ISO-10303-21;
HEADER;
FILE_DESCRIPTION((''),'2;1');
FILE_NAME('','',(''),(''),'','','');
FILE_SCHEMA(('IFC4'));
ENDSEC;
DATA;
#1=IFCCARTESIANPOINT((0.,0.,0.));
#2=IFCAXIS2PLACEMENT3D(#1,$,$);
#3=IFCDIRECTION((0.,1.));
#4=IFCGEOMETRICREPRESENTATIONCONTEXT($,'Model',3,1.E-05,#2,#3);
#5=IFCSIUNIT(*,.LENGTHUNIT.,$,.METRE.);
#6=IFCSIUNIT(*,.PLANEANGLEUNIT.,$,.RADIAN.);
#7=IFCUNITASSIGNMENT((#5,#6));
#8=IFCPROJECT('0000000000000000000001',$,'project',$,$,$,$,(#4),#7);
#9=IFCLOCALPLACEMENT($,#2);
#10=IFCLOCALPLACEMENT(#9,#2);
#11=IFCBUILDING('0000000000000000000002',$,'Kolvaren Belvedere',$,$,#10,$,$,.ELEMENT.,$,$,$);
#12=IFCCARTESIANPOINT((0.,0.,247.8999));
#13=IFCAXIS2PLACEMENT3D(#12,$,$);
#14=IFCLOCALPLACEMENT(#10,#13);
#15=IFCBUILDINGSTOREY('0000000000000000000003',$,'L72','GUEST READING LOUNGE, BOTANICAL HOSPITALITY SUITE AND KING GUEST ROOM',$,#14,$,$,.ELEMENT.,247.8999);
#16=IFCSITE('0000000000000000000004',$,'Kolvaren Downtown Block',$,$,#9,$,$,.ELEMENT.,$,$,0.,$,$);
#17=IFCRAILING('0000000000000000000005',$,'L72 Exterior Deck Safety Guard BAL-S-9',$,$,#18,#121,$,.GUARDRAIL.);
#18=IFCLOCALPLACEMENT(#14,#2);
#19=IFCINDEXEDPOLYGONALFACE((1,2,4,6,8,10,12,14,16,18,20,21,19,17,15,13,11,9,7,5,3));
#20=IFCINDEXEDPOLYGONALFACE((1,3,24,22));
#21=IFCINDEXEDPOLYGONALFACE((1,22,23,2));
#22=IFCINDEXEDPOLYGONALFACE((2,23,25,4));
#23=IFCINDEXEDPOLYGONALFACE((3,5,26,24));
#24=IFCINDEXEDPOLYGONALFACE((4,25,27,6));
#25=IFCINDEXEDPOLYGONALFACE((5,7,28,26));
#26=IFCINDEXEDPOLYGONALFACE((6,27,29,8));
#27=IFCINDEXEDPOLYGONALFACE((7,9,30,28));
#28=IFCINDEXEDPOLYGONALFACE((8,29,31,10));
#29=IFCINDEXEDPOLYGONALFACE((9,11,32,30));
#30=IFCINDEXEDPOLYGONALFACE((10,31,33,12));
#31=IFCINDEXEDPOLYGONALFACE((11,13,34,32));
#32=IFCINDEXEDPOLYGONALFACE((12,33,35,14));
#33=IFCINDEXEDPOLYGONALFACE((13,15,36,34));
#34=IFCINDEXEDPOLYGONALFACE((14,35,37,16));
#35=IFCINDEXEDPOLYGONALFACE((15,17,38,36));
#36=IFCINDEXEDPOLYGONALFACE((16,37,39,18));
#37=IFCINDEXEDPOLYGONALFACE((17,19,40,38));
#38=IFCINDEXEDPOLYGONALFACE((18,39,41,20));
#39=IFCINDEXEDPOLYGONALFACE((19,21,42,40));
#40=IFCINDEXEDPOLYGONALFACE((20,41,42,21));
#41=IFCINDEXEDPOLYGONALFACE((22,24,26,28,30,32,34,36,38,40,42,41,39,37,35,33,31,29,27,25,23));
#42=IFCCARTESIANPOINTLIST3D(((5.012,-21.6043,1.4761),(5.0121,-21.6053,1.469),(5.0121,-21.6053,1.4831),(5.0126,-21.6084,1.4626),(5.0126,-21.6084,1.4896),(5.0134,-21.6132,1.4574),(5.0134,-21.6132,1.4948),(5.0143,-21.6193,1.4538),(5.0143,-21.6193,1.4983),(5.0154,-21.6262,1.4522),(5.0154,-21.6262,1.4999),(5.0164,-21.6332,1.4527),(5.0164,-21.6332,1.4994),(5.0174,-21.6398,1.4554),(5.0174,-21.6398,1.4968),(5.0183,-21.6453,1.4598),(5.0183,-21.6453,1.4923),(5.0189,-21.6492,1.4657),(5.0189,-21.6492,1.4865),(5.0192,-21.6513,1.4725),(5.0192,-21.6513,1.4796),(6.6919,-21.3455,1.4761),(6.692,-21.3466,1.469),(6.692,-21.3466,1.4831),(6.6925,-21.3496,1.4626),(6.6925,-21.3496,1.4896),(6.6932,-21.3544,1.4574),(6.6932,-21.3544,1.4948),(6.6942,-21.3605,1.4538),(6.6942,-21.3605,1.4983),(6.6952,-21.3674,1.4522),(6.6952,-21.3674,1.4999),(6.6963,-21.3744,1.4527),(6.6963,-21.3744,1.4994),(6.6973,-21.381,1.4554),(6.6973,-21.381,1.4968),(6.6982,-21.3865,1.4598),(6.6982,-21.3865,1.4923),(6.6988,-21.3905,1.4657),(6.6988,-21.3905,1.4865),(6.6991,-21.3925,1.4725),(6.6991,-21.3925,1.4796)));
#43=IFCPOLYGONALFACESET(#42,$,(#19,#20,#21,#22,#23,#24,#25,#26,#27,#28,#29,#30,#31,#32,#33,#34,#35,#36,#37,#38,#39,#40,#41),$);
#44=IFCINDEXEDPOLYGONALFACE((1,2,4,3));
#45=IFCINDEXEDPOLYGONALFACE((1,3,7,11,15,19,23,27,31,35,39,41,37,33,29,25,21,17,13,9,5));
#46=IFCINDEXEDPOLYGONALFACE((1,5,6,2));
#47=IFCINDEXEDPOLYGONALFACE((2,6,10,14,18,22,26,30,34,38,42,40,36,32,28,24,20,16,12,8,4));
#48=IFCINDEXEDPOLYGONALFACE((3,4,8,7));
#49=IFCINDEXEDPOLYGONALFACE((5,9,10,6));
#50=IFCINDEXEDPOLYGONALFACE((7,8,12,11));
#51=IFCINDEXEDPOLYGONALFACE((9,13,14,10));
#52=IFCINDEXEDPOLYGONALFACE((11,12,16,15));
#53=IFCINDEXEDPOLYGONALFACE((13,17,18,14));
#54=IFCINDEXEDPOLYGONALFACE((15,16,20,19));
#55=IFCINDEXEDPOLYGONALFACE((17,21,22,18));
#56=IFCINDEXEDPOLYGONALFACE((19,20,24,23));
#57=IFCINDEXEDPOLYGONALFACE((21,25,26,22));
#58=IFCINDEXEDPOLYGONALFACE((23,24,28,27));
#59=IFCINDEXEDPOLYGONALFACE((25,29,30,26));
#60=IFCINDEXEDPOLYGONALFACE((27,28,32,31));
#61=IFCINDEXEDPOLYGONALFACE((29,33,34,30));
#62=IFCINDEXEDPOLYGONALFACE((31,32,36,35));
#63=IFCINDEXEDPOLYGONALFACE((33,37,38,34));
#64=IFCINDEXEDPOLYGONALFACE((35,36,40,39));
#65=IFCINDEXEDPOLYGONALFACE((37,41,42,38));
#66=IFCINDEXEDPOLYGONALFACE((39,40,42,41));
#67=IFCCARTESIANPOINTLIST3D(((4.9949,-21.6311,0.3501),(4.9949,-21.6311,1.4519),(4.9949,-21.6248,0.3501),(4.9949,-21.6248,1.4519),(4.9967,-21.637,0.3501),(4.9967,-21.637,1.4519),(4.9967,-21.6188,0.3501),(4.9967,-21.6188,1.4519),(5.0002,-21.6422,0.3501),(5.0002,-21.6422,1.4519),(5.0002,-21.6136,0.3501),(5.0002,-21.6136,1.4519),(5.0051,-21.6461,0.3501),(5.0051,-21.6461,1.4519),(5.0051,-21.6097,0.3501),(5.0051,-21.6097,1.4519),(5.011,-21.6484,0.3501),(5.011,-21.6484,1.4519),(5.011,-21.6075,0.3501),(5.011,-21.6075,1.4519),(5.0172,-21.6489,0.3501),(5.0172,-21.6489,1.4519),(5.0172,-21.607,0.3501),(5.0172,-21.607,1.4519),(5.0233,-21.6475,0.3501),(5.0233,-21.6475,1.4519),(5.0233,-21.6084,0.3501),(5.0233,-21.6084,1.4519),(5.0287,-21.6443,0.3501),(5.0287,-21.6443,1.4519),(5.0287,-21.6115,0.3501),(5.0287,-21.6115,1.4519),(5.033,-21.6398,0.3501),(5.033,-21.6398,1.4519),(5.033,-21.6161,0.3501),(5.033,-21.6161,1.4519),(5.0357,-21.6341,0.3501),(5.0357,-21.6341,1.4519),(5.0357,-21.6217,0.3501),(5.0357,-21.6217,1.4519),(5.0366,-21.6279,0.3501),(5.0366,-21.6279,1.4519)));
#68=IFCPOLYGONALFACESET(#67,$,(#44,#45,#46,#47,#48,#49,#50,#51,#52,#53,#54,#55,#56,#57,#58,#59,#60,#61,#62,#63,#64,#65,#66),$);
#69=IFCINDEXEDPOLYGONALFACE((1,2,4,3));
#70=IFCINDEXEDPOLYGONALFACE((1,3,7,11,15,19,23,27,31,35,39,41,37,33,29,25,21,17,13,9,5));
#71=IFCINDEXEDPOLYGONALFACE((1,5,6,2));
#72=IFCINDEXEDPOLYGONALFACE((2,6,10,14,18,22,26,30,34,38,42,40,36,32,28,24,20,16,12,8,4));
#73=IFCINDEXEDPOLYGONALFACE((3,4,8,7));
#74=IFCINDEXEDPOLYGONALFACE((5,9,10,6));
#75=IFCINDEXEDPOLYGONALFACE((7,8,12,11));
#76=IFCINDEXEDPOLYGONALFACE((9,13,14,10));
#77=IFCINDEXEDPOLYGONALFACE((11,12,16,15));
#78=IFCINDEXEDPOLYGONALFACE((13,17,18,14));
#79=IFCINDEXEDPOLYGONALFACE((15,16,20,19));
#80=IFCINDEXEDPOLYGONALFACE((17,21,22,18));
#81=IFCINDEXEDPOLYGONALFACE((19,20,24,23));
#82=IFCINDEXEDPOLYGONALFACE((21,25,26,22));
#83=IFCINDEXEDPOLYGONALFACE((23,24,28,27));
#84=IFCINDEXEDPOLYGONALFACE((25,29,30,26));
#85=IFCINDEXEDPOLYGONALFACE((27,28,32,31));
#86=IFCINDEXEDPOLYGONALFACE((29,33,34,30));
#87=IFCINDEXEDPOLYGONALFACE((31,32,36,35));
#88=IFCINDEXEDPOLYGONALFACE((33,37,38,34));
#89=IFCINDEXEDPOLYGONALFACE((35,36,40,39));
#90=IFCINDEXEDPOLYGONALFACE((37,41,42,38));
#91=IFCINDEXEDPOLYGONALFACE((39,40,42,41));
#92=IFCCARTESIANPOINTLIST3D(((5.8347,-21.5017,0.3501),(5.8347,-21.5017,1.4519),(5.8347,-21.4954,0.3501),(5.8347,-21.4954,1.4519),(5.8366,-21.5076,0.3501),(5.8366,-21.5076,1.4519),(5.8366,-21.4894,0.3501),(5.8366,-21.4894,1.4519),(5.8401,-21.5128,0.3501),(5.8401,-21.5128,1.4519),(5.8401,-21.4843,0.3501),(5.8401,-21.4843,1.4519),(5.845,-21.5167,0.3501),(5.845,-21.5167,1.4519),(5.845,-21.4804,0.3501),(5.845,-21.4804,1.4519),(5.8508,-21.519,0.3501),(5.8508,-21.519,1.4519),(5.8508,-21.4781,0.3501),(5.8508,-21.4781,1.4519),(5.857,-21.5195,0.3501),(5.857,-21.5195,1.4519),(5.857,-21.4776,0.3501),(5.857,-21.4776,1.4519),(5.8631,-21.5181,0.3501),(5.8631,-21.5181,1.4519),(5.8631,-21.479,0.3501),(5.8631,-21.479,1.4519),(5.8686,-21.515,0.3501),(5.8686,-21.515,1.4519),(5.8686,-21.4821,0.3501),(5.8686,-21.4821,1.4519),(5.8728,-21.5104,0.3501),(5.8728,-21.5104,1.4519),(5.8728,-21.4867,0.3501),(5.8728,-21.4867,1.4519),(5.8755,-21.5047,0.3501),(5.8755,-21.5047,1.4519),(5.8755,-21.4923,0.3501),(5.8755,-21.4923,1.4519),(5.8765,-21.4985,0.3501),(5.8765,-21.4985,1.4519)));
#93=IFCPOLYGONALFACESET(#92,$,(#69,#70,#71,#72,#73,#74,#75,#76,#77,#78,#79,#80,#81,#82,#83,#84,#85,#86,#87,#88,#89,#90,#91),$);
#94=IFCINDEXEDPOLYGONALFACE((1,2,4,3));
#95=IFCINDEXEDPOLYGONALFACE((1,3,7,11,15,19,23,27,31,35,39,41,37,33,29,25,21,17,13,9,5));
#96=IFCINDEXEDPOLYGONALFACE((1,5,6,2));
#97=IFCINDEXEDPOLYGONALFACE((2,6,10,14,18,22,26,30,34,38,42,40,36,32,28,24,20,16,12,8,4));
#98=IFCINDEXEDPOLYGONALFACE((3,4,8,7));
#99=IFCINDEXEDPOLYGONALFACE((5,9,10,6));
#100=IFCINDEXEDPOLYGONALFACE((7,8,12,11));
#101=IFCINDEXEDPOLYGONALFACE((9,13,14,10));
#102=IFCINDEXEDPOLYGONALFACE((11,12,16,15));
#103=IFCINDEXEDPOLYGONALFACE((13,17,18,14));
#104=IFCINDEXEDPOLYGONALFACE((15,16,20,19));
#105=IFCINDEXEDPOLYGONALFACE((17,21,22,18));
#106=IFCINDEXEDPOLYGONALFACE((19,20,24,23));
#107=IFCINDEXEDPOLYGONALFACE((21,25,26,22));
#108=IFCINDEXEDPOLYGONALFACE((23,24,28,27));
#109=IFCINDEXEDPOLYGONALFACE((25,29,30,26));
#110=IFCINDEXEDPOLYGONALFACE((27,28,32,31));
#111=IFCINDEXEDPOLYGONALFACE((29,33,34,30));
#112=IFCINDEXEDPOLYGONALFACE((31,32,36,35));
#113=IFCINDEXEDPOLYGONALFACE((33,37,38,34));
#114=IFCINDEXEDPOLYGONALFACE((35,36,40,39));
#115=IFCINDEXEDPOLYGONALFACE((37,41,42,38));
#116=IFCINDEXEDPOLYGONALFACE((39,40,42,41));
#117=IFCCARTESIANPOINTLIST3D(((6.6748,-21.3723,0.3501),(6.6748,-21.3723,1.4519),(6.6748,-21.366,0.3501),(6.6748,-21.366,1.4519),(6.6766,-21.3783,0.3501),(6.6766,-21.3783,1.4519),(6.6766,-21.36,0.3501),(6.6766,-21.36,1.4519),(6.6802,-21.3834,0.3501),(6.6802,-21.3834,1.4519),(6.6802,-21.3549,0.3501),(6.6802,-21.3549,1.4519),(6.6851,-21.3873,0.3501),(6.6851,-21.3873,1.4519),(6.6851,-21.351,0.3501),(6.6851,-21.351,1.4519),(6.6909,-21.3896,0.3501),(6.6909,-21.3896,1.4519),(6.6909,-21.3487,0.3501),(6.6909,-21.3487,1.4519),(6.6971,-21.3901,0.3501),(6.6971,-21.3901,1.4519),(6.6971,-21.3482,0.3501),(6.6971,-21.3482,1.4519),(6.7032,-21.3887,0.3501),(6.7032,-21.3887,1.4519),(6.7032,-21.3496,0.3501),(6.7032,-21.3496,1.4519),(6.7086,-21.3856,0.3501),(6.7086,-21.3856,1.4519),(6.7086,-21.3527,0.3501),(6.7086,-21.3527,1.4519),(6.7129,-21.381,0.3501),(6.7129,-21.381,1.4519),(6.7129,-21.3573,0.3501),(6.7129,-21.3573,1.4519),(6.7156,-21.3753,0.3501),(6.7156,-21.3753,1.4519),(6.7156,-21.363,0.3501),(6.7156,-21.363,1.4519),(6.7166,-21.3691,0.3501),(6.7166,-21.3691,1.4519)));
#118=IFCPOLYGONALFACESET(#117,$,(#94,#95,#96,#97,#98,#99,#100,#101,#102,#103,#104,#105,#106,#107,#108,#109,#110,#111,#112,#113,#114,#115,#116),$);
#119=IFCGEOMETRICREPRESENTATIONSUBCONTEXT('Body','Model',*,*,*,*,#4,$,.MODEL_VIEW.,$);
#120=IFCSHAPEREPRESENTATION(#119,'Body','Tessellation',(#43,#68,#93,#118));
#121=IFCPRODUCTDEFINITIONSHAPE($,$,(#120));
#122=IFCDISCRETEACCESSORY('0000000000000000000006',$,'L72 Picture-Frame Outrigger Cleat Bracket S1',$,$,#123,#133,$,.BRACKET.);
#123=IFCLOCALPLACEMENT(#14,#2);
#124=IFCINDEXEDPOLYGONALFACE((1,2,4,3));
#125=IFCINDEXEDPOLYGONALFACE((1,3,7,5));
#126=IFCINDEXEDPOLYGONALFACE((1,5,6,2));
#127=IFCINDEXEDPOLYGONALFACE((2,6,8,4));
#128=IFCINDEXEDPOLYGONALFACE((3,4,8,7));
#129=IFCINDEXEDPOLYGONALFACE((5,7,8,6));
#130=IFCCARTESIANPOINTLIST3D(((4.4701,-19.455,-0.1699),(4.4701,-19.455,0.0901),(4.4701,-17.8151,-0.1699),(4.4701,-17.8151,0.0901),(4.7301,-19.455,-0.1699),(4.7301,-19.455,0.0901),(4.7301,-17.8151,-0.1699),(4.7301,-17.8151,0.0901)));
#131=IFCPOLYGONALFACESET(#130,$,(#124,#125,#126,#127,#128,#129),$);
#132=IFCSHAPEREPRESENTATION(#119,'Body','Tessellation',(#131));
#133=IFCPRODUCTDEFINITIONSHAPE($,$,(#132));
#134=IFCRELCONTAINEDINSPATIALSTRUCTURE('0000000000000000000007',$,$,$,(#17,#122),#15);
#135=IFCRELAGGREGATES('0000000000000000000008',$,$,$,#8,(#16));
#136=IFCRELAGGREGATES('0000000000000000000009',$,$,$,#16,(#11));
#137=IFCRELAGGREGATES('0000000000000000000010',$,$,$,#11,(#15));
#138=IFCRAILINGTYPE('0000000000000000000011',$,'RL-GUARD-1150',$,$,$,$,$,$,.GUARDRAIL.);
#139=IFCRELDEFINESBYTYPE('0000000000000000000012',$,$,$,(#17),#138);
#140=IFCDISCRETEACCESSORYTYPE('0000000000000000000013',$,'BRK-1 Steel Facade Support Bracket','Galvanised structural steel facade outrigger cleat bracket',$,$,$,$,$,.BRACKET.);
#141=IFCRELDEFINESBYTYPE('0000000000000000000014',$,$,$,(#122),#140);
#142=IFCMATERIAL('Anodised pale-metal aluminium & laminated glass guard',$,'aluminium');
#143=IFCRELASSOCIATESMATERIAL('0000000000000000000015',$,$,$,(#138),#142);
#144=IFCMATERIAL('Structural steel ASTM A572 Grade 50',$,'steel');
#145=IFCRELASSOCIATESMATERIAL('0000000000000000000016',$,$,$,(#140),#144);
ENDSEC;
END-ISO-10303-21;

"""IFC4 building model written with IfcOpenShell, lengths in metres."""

from ifc_helpers import new_model, si_unit, direction, frame, origin, origin_2d, place, context, subcontext, project, spatial, rectangle, circle, extrude, material, type_object, element, save


model = new_model("IFC4")

# Units and contexts
model_context = context("Model", 3, precision=1e-05, world=origin(), true_north=direction((0.0, 1.0)))
body_context = subcontext(model_context, "Body", "Model", "MODEL_VIEW")
ifc_project = project(units=[si_unit("LENGTHUNIT", "METRE"), si_unit("PLANEANGLEUNIT", "RADIAN")], contexts=[model_context])

# Site, building, storey
site_placement = place(None, origin())
site = spatial("IfcSite", under=ifc_project, at=site_placement, Name="Kolvaren Downtown Block", CompositionType="ELEMENT", RefElevation=0.0)
building_placement = place(site_placement, origin())
building = spatial("IfcBuilding", under=site, at=building_placement, Name="Kolvaren Belvedere", CompositionType="ELEMENT")
storey_placement = place(building_placement, frame((0.0, 0.0, 247.8999)))
storey = spatial("IfcBuildingStorey", under=building, at=storey_placement, Name="L72", Description="GUEST READING LOUNGE, BOTANICAL HOSPITALITY SUITE AND KING GUEST ROOM", CompositionType="ELEMENT", Elevation=247.8999)

# Railing
ifc_material_1 = material(Name="Anodised pale-metal aluminium & laminated glass guard", Category="aluminium")
railing_type = type_object("IfcRailingType", Name="RL-GUARD-1150", PredefinedType="GUARDRAIL", material=ifc_material_1)
railing_1_placement = place(storey_placement, frame((5.0156, -21.6279, 0.3501)))
element("IfcRailing", 1, at=railing_1_placement, inside=storey, type_object=railing_type, Name="L72 Exterior Deck Safety Guard BAL-S-9", PredefinedType="GUARDRAIL", context=body_context, shape_type="SweptSolid", body=[
    extrude(circle(Radius=0.0239, at=origin_2d()), frame((0.0, 0.0, 1.126), z_axis=(0.988342, 0.152251, 0.0), x_axis=(-0.152251, 0.988342, 0.0)), (0.0, 0.0, 1.0), 1.6997),
    extrude(circle(Radius=0.021, at=origin_2d()), origin(), (0.0, 0.0, 1.0), 1.1018),
    extrude(circle(Radius=0.021, at=origin_2d()), frame((0.8398, 0.1294, 0.0)), (0.0, 0.0, 1.0), 1.1018),
    extrude(circle(Radius=0.021, at=origin_2d()), frame((1.6799, 0.2588, 0.0)), (0.0, 0.0, 1.0), 1.1018),
])

# Discrete accessory
ifc_material_2 = material(Name="Structural steel ASTM A572 Grade 50", Category="steel")
discrete_accessory_type = type_object("IfcDiscreteAccessoryType", Name="BRK-1 Steel Facade Support Bracket", Description="Galvanised structural steel facade outrigger cleat bracket", PredefinedType="BRACKET", material=ifc_material_2)
discrete_accessory_placement = place(storey_placement, frame((4.6001, -18.635, -0.1699), z_axis=(0.0, 0.0, 1.0), x_axis=(0.0, 1.0, 0.0)))
element("IfcDiscreteAccessory", 2, at=discrete_accessory_placement, inside=storey, type_object=discrete_accessory_type, Name="L72 Picture-Frame Outrigger Cleat Bracket S1", PredefinedType="BRACKET", context=body_context, shape_type="SweptSolid", body=[
    extrude(rectangle(XDim=1.6399, YDim=0.26, at=origin_2d()), origin(), (0.0, 0.0, 1.0), 0.26),
])

save(model, "model.ifc")
